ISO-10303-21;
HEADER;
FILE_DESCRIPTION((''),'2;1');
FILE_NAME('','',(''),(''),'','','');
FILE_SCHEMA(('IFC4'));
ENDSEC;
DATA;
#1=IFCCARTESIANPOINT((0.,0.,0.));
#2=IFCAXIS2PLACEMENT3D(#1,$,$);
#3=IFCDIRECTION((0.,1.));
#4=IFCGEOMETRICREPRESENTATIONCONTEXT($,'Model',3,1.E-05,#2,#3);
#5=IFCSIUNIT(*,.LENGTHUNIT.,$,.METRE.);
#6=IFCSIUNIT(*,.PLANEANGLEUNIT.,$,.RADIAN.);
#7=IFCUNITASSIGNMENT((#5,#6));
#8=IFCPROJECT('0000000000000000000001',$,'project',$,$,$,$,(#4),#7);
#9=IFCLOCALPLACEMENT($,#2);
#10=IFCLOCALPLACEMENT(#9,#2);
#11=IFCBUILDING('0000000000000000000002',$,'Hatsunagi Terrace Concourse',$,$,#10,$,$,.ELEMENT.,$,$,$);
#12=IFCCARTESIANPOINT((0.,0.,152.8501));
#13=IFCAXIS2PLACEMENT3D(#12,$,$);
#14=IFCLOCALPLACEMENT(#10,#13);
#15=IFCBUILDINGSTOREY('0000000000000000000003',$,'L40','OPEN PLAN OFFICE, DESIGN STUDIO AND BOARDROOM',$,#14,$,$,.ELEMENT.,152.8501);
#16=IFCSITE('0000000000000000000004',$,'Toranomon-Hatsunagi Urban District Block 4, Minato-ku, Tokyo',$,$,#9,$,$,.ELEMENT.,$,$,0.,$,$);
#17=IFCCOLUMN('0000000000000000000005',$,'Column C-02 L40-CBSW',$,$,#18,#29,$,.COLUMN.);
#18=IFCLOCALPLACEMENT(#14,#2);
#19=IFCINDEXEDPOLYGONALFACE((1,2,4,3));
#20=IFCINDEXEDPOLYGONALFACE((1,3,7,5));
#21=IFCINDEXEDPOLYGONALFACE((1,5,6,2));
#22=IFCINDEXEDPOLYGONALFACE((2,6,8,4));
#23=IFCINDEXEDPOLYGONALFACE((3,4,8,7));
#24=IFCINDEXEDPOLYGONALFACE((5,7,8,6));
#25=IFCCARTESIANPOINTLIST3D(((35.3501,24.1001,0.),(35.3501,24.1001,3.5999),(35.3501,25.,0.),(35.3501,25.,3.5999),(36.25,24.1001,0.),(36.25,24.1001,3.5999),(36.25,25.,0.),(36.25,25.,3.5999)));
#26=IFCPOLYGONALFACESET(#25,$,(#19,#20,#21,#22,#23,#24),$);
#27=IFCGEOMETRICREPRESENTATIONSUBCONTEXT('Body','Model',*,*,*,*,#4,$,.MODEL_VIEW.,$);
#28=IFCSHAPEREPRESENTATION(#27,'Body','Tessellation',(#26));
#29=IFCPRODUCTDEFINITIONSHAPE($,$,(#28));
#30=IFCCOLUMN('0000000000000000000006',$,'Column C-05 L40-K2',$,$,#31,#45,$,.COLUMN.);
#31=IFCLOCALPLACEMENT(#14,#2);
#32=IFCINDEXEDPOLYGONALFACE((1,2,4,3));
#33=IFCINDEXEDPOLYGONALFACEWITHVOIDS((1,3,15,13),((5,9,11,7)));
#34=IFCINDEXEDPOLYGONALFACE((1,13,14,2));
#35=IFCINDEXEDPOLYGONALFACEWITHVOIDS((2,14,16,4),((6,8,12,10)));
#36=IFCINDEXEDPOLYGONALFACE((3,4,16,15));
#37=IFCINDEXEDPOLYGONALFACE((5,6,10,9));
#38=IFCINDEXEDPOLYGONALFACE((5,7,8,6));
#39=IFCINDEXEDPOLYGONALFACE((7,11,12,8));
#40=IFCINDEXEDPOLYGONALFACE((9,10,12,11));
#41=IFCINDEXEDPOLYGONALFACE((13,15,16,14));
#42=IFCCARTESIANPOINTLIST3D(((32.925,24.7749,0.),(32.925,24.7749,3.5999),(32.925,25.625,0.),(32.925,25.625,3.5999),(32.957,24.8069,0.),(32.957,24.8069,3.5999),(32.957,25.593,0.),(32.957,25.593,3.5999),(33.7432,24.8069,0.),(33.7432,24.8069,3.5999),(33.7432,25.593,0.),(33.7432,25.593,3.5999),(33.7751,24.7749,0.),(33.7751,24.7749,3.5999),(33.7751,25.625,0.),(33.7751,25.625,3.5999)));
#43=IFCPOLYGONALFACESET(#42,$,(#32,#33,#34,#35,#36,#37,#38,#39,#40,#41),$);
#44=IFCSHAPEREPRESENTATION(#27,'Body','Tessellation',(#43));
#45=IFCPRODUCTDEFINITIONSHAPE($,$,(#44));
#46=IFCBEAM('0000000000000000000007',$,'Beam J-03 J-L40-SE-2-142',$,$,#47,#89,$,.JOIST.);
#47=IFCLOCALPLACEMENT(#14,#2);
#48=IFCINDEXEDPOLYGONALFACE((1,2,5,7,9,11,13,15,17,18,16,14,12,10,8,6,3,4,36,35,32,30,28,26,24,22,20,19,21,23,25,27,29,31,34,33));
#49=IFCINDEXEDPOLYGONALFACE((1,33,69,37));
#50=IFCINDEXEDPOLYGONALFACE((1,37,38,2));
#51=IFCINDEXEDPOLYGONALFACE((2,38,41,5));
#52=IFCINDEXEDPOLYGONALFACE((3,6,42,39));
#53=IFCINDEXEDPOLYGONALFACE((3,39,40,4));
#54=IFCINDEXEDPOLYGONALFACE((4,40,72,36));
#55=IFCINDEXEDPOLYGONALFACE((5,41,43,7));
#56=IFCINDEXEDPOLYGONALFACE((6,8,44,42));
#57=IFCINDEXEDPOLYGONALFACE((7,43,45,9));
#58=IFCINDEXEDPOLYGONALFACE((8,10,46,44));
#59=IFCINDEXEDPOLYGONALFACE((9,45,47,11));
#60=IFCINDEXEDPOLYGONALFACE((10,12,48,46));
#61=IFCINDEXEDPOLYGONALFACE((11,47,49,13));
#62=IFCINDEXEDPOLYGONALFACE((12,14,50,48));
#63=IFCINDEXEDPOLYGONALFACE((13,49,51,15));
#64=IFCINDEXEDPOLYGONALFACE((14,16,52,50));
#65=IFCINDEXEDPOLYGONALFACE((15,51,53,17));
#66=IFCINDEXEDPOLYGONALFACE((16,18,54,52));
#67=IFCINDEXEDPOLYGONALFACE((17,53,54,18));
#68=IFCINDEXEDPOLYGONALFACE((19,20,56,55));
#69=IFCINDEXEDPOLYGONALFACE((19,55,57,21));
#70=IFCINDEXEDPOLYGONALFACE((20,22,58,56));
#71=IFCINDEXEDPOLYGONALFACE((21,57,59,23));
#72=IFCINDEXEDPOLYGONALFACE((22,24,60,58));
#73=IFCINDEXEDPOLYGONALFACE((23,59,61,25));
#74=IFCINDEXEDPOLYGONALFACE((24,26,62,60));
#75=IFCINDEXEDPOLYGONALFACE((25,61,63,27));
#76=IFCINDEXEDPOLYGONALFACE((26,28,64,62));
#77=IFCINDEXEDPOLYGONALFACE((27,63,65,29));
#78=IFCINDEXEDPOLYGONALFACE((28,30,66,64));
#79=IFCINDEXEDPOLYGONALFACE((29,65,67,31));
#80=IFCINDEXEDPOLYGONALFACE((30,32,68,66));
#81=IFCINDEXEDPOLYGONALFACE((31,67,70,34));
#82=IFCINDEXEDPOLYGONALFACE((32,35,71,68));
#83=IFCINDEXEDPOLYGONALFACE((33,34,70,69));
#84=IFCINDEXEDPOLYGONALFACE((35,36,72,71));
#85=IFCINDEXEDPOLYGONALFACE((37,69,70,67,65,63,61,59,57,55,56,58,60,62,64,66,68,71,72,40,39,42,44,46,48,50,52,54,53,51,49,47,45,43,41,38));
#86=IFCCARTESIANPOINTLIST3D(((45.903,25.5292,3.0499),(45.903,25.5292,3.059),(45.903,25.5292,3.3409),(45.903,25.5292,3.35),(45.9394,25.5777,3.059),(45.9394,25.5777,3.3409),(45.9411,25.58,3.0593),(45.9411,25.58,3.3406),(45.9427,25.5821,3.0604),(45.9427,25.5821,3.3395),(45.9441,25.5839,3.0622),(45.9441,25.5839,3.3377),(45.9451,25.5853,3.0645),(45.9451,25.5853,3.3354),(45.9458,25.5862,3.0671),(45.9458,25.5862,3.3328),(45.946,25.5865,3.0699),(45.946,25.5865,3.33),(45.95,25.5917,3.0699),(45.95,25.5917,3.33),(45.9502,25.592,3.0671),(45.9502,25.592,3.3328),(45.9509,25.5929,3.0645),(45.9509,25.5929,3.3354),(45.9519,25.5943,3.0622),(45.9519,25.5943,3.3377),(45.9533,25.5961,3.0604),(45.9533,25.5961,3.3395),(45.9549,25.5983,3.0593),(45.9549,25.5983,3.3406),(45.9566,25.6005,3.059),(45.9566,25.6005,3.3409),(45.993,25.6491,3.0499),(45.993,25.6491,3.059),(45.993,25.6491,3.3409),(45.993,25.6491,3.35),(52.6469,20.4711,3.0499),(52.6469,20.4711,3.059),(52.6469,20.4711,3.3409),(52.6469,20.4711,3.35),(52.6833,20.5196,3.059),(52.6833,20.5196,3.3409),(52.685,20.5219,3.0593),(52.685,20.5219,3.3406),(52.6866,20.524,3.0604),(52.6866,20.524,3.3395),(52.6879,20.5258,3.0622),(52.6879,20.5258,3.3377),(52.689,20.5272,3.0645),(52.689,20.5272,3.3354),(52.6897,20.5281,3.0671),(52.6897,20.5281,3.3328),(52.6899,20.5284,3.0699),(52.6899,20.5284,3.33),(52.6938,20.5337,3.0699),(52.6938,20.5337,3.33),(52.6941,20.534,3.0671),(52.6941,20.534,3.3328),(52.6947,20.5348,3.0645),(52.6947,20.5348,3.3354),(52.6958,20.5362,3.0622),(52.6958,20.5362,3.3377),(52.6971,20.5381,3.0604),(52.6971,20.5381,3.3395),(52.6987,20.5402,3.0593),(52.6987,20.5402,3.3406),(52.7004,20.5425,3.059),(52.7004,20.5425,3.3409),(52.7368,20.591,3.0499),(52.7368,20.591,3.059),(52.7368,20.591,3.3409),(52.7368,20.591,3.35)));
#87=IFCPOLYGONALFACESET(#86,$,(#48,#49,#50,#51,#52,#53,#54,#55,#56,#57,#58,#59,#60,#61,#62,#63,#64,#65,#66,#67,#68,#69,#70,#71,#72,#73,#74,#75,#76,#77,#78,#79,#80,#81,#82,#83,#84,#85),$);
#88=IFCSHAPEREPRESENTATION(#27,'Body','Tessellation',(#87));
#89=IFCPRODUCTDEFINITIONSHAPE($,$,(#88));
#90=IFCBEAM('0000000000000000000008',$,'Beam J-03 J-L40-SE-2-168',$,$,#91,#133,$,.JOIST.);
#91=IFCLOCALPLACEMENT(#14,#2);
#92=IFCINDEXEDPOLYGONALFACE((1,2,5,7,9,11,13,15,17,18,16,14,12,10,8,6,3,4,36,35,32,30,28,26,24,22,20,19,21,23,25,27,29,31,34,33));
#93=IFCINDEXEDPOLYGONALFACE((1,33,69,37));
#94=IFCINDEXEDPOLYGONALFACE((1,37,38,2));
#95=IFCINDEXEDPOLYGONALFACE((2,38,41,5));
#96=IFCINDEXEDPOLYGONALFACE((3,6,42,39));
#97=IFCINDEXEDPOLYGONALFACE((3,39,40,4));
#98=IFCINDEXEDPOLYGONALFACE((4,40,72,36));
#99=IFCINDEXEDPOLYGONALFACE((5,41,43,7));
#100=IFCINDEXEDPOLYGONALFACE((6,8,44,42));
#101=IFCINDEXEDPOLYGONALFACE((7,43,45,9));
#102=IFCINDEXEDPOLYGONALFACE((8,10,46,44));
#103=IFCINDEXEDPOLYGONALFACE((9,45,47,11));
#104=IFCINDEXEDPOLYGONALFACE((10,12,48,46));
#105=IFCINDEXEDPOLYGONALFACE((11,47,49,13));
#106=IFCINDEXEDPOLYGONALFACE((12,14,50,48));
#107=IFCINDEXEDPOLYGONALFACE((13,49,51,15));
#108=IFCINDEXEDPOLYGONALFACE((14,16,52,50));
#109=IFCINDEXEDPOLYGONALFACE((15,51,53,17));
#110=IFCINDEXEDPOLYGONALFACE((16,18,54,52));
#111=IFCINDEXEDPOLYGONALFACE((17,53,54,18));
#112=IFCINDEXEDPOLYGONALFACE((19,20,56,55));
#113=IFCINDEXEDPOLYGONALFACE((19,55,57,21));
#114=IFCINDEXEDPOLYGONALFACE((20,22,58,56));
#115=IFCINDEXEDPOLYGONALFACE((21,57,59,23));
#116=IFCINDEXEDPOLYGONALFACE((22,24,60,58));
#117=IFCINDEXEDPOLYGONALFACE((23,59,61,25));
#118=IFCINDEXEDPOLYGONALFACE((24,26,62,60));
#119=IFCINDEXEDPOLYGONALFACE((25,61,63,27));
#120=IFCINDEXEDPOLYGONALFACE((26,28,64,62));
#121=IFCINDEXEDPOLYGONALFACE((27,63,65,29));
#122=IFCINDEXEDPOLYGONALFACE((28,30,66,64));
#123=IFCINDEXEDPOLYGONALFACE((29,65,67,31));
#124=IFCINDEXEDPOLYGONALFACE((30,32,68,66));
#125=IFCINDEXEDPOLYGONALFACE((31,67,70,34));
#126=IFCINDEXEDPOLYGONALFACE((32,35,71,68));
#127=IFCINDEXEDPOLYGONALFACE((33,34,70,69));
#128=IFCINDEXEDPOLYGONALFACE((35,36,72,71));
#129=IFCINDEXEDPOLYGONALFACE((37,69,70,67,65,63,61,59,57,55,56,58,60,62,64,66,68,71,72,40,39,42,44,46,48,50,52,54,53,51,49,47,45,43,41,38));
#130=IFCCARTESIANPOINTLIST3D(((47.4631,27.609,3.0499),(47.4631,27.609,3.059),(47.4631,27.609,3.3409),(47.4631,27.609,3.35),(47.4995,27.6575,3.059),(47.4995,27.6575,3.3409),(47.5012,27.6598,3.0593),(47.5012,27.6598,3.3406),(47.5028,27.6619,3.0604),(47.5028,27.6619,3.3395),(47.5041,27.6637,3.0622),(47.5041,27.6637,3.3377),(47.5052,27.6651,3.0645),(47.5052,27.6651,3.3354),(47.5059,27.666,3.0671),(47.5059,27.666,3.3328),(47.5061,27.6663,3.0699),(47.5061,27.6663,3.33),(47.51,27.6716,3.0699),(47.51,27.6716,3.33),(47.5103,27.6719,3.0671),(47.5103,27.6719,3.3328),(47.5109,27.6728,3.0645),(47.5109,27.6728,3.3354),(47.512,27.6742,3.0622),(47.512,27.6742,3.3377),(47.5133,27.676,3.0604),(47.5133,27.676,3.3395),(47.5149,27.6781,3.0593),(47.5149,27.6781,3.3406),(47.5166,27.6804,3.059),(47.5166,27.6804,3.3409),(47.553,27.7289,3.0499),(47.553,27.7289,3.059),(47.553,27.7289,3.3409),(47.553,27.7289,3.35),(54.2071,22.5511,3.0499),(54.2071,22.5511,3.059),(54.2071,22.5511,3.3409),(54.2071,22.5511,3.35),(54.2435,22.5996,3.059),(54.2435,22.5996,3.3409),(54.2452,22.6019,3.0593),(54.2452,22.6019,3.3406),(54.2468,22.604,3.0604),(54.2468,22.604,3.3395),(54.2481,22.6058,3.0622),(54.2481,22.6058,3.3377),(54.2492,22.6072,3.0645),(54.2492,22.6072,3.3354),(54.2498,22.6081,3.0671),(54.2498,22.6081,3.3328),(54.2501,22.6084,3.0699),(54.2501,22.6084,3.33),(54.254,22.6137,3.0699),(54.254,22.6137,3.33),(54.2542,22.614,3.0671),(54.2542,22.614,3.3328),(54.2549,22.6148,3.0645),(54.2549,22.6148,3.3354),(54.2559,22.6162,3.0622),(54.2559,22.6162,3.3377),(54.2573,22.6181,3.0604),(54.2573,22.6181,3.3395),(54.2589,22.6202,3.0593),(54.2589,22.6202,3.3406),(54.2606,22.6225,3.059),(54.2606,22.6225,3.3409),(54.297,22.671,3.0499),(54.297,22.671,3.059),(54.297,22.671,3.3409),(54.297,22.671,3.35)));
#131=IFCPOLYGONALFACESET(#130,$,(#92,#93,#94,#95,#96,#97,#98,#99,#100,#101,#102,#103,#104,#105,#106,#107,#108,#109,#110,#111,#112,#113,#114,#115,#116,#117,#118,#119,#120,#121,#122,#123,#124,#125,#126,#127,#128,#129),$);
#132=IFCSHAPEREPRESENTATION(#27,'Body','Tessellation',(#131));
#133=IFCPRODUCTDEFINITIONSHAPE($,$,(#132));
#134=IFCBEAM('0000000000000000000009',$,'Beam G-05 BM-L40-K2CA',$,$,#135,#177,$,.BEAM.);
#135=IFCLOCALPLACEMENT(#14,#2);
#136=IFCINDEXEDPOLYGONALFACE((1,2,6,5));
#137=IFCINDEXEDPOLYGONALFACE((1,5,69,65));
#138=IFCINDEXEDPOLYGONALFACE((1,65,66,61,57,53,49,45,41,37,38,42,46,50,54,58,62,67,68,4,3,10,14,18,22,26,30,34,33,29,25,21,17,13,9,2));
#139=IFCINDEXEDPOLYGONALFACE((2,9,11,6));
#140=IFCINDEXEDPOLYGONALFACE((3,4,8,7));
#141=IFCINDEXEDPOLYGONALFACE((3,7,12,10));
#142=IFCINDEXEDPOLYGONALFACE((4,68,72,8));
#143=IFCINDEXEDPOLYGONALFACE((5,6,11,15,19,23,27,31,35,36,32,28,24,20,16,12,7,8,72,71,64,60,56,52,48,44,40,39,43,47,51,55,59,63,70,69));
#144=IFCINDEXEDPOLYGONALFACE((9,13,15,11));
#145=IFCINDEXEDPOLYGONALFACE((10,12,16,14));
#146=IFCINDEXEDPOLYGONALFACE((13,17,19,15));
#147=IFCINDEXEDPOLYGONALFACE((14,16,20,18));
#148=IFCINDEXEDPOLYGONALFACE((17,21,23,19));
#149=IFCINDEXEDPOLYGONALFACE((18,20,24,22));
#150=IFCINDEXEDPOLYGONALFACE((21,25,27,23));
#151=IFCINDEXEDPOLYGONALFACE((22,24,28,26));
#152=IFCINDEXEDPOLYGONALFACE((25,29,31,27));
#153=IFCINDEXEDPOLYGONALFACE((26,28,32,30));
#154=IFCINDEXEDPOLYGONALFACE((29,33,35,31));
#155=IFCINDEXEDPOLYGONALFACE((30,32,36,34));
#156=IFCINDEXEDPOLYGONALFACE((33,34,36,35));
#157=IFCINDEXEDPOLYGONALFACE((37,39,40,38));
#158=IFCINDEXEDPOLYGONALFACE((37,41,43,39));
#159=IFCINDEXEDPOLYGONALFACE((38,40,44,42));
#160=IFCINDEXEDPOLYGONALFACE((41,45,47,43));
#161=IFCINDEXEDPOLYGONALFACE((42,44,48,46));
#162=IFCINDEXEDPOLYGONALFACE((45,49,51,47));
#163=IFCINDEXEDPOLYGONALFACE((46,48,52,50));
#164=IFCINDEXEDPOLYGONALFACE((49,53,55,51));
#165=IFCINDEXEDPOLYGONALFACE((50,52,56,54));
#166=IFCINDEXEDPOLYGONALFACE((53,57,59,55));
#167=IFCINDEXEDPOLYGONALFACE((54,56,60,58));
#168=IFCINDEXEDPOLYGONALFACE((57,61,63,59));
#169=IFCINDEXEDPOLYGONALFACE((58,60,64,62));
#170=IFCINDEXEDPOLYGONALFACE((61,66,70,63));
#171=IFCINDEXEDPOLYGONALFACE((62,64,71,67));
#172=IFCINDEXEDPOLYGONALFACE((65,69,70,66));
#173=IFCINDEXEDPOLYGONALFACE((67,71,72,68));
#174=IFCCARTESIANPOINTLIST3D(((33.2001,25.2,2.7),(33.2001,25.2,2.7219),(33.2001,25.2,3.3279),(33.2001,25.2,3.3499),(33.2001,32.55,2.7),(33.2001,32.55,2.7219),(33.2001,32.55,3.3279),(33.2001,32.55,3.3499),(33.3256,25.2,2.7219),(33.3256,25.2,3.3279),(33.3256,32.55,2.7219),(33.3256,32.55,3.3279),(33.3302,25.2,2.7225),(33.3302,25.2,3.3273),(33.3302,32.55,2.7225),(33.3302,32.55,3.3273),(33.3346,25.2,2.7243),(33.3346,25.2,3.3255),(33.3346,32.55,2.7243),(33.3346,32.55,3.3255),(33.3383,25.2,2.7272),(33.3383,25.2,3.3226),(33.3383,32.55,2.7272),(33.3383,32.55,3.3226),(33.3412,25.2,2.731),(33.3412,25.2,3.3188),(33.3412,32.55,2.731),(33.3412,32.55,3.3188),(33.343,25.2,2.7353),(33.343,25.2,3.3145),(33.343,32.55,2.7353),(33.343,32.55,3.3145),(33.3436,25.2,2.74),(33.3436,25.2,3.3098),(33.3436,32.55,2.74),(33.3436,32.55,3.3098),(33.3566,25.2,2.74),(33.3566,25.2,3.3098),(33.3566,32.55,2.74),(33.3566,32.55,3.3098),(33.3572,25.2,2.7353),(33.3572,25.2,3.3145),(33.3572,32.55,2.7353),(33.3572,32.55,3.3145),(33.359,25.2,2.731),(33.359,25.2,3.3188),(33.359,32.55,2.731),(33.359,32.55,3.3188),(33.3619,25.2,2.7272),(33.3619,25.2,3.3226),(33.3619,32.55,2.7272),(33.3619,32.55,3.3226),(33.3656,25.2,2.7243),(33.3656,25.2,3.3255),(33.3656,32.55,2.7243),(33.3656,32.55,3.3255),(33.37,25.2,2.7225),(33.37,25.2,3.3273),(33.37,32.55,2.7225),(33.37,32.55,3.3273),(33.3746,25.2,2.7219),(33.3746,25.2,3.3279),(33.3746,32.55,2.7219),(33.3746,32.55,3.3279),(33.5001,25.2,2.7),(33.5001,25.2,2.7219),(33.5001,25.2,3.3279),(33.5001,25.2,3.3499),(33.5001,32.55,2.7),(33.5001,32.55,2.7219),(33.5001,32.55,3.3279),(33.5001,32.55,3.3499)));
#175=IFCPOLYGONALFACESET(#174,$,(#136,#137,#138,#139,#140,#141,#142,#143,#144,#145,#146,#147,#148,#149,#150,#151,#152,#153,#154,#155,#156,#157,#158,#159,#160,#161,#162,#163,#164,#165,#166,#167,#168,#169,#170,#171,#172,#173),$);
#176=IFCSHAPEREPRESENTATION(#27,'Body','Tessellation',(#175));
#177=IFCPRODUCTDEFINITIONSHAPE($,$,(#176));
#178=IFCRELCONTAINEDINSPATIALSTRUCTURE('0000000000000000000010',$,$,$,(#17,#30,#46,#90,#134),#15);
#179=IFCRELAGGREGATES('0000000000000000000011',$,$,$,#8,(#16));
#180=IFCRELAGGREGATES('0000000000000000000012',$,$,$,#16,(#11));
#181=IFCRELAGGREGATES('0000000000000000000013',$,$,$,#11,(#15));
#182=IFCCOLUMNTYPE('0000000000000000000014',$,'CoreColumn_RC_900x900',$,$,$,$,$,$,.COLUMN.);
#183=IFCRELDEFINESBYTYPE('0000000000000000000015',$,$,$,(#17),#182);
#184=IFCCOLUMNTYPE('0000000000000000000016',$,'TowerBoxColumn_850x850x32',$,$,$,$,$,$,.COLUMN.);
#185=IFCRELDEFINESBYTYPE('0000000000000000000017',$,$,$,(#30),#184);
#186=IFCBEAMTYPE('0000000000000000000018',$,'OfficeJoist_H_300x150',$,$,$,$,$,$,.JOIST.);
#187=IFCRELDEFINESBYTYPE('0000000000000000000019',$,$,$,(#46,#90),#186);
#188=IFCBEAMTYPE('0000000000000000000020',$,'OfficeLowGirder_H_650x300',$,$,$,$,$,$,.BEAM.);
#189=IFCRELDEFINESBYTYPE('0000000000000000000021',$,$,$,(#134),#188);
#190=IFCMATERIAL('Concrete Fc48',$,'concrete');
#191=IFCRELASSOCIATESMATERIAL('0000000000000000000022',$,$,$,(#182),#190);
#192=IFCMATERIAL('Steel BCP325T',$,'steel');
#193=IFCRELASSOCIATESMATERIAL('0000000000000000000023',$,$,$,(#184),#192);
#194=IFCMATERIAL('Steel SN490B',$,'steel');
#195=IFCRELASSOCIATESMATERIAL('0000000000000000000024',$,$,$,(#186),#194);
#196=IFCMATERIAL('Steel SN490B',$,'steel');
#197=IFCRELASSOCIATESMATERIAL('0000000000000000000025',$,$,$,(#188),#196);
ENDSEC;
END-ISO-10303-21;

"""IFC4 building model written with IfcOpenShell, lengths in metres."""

from ifc_helpers import new_model, si_unit, direction, frame, origin, origin_2d, place, context, subcontext, project, spatial, rectangle, hollow_rectangle, i_section, extrude, material, material_profile, profile_set, type_object, element, save


model = new_model("IFC4")

# Units and contexts
model_context = context("Model", 3, precision=1e-05, world=origin(), true_north=direction((0.0, 1.0)))
body_context = subcontext(model_context, "Body", "Model", "MODEL_VIEW")
ifc_project = project(units=[si_unit("LENGTHUNIT", "METRE"), si_unit("PLANEANGLEUNIT", "RADIAN")], contexts=[model_context])

# Site, building, storey
site_placement = place(None, origin())
site = spatial("IfcSite", under=ifc_project, at=site_placement, Name="Toranomon-Hatsunagi Urban District Block 4, Minato-ku, Tokyo", CompositionType="ELEMENT", RefElevation=0.0)
building_placement = place(site_placement, origin())
building = spatial("IfcBuilding", under=site, at=building_placement, Name="Hatsunagi Terrace Concourse", CompositionType="ELEMENT")
storey_placement = place(building_placement, frame((0.0, 0.0, 152.8501)))
storey = spatial("IfcBuildingStorey", under=building, at=storey_placement, Name="L40", Description="OPEN PLAN OFFICE, DESIGN STUDIO AND BOARDROOM", CompositionType="ELEMENT", Elevation=152.8501)

# Columns
ifc_material_1 = material(Name="Concrete Fc48", Category="concrete")
ifc_material_profile_1 = material_profile(ifc_material_1, rectangle(XDim=0.8999, YDim=0.8999, at=origin_2d()), Name="RC-900x900")
ifc_profile_set_1 = profile_set([ifc_material_profile_1], Name="Concrete Fc48")
column_type_1 = type_object("IfcColumnType", Name="CoreColumn_RC_900x900", PredefinedType="COLUMN", material=ifc_profile_set_1)
column_1_placement = place(storey_placement, frame((35.8, 24.55, 0.0), z_axis=(0.0, 0.0, 1.0), x_axis=(1.0, 0.0, 0.0)))
element("IfcColumn", 1, at=column_1_placement, inside=storey, type_object=column_type_1, Name="Column C-02 L40-CBSW", PredefinedType="COLUMN", context=body_context, shape_type="SweptSolid", body=[
    extrude(rectangle(XDim=0.8999, YDim=0.8999, at=origin_2d()), origin(), (0.0, 0.0, 1.0), 3.5999),
])
ifc_material_2 = material(Name="Steel BCP325T", Category="steel")
ifc_material_profile_2 = material_profile(ifc_material_2, hollow_rectangle(XDim=0.8501, YDim=0.8501, WallThickness=0.032, at=origin_2d()), Name="BCP-850x850x32")
ifc_profile_set_2 = profile_set([ifc_material_profile_2], Name="Steel BCP325T")
column_type_2 = type_object("IfcColumnType", Name="TowerBoxColumn_850x850x32", PredefinedType="COLUMN", material=ifc_profile_set_2)
column_2_placement = place(storey_placement, frame((33.3501, 25.2, 0.0), z_axis=(0.0, 0.0, 1.0), x_axis=(1.0, 0.0, 0.0)))
element("IfcColumn", 2, at=column_2_placement, inside=storey, type_object=column_type_2, Name="Column C-05 L40-K2", PredefinedType="COLUMN", context=body_context, shape_type="SweptSolid", body=[
    extrude(hollow_rectangle(XDim=0.8501, YDim=0.8501, WallThickness=0.032, at=origin_2d()), origin(), (0.0, 0.0, 1.0), 3.5999),
])

# Beams
ifc_material_3 = material(Name="Steel SN490B", Category="steel")
ifc_material_profile_3 = material_profile(ifc_material_3, i_section(OverallWidth=0.1499, OverallDepth=0.3, WebThickness=0.0066, FlangeThickness=0.009, FilletRadius=0.011, at=origin_2d()), Name="H-300x150x6.5x9")
ifc_profile_set_3 = profile_set([ifc_material_profile_3], Name="Steel SN490B")
beam_type_1 = type_object("IfcBeamType", Name="OfficeJoist_H_300x150", PredefinedType="JOIST", material=ifc_profile_set_3)
for number, where, z_axis, x_axis, name in (
    (3, (45.948, 25.5891, 3.2), (0.79999, -0.600014, 0.0), (0.600014, 0.79999, 0.0), "Beam J-03 J-L40-SE-2-142"),
    (4, (47.5081, 27.6689, 3.2), (0.800003, -0.599995, 0.0), (0.599995, 0.800003, 0.0), "Beam J-03 J-L40-SE-2-168"),
):
    element("IfcBeam", number, at=place(storey_placement, frame(where, z_axis=z_axis, x_axis=x_axis)), inside=storey, type_object=beam_type_1, Name=name, PredefinedType="JOIST", context=body_context, shape_type="SweptSolid", body=[
        extrude(i_section(OverallWidth=0.1499, OverallDepth=0.3, WebThickness=0.0066, FlangeThickness=0.009, FilletRadius=0.011, at=origin_2d()), origin(), (0.0, 0.0, 1.0), 8.4299),
    ])
ifc_material_4 = material(Name="Steel SN490B", Category="steel")
ifc_material_profile_4 = material_profile(ifc_material_4, i_section(OverallWidth=0.3, OverallDepth=0.6499, WebThickness=0.0129, FlangeThickness=0.022, FilletRadius=0.0181, at=origin_2d()), Name="H-650x300x13x22")
ifc_profile_set_4 = profile_set([ifc_material_profile_4], Name="Steel SN490B")
beam_type_2 = type_object("IfcBeamType", Name="OfficeLowGirder_H_650x300", PredefinedType="BEAM", material=ifc_profile_set_4)
beam_1_placement = place(storey_placement, frame((33.3501, 25.2, 3.0249), z_axis=(0.0, 1.0, 0.0), x_axis=(-1.0, 0.0, 0.0)))
element("IfcBeam", 5, at=beam_1_placement, inside=storey, type_object=beam_type_2, Name="Beam G-05 BM-L40-K2CA", PredefinedType="BEAM", context=body_context, shape_type="SweptSolid", body=[
    extrude(i_section(OverallWidth=0.3, OverallDepth=0.6499, WebThickness=0.0129, FlangeThickness=0.022, FilletRadius=0.0181, at=origin_2d()), origin(), (0.0, 0.0, 1.0), 7.3501),
])

save(model, "model.ifc")
